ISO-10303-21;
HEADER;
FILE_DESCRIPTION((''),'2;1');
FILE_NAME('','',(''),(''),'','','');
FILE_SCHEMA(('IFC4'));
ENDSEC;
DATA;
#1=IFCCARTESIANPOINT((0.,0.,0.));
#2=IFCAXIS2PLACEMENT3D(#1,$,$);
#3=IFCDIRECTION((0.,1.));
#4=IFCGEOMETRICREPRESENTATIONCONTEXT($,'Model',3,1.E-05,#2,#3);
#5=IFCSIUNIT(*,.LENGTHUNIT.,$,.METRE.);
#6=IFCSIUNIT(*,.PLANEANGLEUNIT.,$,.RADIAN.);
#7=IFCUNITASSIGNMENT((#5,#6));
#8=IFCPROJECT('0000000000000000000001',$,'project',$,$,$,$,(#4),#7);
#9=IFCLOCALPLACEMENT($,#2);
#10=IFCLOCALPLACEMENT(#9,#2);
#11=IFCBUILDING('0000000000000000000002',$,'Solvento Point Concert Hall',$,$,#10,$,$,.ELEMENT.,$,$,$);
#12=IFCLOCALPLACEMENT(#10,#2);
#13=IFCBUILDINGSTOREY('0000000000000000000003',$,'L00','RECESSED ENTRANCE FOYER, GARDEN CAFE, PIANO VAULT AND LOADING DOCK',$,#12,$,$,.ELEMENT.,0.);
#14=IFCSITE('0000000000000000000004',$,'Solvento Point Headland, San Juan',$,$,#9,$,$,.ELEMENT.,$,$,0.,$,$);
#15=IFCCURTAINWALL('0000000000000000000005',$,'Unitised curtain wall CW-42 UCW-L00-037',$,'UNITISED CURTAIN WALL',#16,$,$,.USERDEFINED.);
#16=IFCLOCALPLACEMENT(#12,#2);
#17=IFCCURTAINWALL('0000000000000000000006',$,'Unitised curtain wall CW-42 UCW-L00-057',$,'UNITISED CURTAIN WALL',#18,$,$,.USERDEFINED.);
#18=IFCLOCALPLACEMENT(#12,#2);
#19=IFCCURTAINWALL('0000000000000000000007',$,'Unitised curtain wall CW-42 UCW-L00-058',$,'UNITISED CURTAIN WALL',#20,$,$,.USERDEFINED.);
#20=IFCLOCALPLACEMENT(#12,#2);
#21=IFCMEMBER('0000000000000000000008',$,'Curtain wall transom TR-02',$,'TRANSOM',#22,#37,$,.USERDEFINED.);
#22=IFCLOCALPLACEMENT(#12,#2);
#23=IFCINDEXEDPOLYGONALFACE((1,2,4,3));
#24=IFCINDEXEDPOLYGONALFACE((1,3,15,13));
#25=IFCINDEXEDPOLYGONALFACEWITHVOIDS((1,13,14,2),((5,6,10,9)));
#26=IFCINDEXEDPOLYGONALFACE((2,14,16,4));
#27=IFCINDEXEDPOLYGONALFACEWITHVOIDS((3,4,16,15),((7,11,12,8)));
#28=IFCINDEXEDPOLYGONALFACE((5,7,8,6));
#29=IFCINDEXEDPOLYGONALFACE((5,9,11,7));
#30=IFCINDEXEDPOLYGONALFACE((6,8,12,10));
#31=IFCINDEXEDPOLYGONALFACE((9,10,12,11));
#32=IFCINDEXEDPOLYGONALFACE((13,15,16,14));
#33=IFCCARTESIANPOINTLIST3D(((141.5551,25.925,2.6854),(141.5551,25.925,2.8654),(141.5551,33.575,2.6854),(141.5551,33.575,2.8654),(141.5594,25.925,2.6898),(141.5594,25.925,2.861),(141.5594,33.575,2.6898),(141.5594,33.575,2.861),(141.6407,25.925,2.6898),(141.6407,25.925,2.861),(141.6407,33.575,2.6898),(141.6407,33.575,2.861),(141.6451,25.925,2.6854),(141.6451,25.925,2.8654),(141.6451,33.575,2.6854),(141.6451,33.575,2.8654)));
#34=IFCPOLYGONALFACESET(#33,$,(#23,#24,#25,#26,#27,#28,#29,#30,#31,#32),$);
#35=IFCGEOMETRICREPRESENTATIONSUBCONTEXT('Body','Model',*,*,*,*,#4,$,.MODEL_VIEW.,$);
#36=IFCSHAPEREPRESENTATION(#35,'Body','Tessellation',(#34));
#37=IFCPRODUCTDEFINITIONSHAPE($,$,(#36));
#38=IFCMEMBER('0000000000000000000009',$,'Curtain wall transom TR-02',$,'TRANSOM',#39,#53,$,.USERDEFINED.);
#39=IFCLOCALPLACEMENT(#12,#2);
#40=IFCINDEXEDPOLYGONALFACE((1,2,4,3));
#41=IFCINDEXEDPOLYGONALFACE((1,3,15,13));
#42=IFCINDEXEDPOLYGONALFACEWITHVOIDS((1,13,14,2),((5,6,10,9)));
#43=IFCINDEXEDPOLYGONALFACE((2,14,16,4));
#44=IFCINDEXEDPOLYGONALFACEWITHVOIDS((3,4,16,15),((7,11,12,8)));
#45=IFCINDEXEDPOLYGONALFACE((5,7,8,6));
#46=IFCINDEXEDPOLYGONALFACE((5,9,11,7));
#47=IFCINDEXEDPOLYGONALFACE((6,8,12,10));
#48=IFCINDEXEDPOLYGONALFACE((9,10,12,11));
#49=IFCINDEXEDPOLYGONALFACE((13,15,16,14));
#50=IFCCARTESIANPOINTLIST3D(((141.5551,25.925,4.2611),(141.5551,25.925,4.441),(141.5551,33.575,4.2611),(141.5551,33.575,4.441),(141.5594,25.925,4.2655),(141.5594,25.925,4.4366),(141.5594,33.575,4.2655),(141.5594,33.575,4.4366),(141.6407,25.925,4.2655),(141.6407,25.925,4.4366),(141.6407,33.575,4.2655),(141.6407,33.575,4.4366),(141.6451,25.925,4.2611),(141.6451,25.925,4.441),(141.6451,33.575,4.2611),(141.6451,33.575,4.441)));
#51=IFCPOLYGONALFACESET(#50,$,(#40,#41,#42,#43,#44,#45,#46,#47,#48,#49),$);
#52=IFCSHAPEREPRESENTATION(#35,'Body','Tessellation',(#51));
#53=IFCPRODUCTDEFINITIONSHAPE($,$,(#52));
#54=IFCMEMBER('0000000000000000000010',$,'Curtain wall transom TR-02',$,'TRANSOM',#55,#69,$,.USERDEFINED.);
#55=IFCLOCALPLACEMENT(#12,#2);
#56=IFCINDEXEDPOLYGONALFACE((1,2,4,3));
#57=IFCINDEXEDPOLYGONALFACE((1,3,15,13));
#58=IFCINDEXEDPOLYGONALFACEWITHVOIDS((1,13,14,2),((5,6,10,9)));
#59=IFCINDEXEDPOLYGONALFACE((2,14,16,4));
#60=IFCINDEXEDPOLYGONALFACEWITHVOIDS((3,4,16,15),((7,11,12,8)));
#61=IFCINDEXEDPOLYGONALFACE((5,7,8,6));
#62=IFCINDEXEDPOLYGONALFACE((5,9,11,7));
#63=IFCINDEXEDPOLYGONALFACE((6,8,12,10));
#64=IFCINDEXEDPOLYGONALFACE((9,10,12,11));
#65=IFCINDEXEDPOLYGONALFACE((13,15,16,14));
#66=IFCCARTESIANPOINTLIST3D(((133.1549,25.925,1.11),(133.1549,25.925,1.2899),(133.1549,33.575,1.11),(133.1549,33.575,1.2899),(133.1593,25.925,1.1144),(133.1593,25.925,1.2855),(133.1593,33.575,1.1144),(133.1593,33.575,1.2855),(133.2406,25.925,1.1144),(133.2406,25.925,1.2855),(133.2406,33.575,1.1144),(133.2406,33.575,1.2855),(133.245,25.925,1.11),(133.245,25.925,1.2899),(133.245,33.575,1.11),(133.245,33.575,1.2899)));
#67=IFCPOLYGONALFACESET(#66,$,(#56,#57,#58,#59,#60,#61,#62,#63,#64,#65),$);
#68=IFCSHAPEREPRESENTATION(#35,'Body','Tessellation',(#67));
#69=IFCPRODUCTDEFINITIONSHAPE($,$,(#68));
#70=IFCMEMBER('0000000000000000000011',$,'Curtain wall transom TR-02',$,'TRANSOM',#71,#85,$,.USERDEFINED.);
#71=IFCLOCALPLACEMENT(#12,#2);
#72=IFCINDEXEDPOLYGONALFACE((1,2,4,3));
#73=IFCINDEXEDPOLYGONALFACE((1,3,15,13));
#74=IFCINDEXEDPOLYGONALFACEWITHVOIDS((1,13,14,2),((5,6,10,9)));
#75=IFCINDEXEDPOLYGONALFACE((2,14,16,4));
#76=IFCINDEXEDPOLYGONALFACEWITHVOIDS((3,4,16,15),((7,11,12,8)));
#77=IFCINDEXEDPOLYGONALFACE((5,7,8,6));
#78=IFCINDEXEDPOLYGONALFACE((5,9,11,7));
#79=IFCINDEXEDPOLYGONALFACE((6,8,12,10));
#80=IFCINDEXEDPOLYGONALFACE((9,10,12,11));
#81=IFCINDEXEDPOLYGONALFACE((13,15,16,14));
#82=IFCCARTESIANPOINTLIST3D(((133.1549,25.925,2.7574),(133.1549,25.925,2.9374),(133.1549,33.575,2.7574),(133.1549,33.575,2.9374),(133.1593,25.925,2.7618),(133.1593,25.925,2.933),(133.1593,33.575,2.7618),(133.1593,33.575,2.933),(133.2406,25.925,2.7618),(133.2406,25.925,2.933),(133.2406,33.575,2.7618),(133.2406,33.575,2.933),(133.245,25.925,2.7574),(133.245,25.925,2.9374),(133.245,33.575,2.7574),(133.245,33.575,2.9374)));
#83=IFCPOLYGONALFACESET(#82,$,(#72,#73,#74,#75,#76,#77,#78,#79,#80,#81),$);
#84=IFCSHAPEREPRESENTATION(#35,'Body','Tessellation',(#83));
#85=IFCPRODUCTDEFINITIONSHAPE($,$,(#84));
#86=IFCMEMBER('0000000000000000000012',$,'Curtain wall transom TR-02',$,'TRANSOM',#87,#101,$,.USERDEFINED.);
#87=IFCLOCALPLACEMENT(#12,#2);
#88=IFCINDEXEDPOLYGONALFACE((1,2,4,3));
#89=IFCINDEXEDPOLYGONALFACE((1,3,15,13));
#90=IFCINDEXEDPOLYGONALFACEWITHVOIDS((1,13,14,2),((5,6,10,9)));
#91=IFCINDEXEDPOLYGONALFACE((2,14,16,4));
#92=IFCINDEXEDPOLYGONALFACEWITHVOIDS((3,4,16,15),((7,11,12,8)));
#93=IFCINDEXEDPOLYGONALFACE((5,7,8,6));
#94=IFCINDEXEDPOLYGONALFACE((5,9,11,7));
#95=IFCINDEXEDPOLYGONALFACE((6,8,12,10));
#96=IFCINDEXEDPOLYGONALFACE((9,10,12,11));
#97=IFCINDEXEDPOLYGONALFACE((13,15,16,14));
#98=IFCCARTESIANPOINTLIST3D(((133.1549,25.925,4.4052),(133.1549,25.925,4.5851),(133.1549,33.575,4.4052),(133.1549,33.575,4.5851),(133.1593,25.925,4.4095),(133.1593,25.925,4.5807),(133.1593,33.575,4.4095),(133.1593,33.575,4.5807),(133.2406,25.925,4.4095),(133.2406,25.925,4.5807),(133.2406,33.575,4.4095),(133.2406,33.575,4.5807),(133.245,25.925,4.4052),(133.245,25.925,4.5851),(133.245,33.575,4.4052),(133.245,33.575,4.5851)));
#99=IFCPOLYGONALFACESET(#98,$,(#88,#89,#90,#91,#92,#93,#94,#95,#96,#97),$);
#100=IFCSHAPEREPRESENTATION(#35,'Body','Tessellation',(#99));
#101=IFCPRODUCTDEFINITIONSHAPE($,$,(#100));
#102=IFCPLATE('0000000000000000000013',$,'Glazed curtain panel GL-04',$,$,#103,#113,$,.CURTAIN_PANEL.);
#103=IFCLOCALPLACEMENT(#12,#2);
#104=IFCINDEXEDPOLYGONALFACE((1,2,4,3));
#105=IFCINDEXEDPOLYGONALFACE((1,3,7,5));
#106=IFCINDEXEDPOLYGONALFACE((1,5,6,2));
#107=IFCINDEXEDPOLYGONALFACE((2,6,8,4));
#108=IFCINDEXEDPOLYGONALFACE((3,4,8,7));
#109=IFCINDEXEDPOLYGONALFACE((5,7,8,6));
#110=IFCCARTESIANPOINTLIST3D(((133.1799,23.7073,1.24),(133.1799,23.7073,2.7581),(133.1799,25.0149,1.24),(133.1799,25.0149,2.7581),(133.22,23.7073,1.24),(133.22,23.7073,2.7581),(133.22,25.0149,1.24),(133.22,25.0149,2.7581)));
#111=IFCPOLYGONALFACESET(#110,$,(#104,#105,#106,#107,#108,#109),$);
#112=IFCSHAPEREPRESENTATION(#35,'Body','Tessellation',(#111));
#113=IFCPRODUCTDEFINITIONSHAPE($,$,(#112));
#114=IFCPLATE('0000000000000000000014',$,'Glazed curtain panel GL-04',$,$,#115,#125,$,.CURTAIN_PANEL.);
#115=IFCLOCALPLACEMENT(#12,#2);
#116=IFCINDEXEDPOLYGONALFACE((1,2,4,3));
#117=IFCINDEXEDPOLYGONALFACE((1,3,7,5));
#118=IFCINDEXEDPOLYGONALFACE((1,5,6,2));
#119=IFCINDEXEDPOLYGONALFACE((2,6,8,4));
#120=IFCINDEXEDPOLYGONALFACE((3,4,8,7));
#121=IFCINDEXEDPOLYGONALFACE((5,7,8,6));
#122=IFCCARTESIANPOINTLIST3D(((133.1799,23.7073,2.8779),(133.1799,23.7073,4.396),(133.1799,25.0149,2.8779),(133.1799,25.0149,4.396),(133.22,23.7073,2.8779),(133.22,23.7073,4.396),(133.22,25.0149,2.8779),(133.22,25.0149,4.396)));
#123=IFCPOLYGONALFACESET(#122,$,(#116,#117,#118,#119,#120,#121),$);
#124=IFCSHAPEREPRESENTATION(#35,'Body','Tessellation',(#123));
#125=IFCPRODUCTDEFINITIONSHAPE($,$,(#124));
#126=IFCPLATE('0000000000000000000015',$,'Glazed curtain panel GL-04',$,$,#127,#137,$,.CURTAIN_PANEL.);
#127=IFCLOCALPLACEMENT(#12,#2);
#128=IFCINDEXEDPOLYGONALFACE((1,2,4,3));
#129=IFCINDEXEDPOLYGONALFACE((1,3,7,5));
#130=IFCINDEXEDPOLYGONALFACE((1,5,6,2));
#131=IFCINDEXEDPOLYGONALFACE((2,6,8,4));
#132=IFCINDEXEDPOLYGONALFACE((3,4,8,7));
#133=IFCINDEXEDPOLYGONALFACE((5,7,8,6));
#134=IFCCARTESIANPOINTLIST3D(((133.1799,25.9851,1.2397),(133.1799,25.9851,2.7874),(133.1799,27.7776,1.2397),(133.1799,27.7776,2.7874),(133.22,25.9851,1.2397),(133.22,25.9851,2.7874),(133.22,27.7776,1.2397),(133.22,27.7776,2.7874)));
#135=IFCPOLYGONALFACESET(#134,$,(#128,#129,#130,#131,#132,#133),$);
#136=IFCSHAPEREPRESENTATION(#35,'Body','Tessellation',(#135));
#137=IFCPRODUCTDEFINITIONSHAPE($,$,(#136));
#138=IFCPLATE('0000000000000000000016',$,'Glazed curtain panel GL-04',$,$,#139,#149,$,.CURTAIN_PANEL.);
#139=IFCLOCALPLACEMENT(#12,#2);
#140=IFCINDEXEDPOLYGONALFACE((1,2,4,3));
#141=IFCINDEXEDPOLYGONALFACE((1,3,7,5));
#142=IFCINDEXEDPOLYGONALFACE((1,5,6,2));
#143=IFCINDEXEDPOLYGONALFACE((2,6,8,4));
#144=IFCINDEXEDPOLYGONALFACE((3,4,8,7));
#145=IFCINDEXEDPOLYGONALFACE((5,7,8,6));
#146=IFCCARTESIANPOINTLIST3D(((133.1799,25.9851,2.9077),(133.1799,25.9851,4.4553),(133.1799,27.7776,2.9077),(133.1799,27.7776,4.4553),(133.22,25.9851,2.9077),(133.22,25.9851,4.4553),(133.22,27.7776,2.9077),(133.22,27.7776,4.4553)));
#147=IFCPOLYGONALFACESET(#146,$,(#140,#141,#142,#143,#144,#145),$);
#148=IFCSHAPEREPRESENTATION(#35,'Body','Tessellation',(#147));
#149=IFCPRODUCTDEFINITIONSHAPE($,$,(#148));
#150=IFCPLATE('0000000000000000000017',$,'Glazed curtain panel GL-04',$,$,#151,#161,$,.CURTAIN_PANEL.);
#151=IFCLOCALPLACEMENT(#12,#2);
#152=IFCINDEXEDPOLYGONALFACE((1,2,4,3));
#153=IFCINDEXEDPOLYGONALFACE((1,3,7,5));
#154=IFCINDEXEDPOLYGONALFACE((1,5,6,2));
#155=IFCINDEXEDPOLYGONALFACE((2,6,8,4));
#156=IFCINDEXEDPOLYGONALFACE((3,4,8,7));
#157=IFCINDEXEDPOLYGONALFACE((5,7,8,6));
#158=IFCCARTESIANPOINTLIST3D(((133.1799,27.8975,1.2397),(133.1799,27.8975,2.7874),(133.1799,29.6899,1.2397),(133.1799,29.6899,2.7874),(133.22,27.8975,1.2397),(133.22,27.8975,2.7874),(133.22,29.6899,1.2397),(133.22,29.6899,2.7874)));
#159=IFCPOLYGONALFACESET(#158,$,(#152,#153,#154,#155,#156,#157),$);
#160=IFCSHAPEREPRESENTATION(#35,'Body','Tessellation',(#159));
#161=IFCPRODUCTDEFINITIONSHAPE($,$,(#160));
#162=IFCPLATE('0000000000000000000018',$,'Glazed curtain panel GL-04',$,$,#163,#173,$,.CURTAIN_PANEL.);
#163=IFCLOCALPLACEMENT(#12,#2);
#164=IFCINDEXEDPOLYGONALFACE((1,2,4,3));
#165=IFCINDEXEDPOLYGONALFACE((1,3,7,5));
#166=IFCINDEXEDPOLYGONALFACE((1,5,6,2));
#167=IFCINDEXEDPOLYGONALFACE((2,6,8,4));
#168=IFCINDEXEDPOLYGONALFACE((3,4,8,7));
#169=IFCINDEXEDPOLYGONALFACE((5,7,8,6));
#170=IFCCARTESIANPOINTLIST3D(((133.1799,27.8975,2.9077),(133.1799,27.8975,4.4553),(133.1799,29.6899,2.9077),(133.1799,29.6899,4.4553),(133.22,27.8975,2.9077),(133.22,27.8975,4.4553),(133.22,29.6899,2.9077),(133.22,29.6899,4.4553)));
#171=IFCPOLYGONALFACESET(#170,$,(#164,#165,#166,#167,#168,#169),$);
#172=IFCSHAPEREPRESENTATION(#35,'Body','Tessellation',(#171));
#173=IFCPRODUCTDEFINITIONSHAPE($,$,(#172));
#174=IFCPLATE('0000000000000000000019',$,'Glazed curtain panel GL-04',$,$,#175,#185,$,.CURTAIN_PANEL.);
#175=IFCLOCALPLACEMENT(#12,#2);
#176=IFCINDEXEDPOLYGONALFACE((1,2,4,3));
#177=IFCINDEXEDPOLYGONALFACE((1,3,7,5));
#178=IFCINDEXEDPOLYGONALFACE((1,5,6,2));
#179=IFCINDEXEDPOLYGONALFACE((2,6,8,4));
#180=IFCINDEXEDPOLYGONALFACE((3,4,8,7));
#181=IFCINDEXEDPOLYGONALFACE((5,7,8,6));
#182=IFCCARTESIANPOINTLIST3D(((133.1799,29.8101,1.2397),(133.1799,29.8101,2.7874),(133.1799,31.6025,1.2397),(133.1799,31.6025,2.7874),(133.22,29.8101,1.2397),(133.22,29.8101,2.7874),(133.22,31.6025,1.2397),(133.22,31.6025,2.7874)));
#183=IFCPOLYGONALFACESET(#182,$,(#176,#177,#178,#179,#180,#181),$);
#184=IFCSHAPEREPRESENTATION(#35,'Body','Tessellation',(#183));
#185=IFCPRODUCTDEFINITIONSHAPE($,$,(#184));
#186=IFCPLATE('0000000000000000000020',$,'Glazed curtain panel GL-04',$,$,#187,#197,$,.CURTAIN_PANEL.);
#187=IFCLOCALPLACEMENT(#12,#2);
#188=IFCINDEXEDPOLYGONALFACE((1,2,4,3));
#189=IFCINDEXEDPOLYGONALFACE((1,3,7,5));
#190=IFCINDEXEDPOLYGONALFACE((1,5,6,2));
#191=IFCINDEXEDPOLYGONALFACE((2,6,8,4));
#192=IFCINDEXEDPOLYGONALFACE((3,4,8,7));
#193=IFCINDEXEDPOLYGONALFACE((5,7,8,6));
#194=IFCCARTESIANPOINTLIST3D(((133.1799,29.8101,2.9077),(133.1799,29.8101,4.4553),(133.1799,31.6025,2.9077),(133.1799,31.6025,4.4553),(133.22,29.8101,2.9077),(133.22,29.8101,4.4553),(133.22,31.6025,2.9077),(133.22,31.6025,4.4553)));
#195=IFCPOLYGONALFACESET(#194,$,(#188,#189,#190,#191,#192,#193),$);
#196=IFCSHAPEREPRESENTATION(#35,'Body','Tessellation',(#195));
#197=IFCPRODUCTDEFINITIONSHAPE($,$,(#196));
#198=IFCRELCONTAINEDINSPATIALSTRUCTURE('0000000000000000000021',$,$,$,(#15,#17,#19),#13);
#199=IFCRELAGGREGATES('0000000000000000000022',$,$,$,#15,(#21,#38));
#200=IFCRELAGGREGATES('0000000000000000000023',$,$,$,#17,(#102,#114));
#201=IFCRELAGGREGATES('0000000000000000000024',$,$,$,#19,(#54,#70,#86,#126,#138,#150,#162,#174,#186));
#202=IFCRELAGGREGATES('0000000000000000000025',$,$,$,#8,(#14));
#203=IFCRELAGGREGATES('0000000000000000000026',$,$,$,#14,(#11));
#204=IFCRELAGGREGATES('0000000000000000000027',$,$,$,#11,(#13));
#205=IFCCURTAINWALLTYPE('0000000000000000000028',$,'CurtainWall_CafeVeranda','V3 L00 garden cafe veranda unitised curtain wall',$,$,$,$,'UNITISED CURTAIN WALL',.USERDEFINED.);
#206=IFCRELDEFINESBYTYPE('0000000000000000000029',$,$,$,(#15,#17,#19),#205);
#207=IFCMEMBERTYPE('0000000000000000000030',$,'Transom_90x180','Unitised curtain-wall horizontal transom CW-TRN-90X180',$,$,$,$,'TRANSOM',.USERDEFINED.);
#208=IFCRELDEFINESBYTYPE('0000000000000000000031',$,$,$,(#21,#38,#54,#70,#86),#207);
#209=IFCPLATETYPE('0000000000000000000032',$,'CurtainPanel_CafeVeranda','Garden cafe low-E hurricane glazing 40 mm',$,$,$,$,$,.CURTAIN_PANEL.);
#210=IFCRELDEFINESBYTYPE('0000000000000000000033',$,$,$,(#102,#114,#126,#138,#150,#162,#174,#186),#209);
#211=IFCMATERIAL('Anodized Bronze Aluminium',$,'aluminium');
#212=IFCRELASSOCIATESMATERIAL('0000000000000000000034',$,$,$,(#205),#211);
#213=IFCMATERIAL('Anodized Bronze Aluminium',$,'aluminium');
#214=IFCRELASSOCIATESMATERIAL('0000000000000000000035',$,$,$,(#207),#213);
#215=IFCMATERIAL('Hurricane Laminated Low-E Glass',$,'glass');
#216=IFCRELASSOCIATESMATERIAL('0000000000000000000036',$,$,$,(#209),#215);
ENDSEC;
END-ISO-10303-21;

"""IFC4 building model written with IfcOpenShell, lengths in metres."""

from ifc_helpers import new_model, si_unit, direction, frame, origin, origin_2d, place, context, subcontext, project, spatial, rectangle, hollow_rectangle, extrude, material, material_profile, profile_set, type_object, element, aggregate, save


model = new_model("IFC4")

# Units and contexts
model_context = context("Model", 3, precision=1e-05, world=origin(), true_north=direction((0.0, 1.0)))
body_context = subcontext(model_context, "Body", "Model", "MODEL_VIEW")
ifc_project = project(units=[si_unit("LENGTHUNIT", "METRE"), si_unit("PLANEANGLEUNIT", "RADIAN")], contexts=[model_context])

# Site, building, storey
site_placement = place(None, origin())
site = spatial("IfcSite", under=ifc_project, at=site_placement, Name="Solvento Point Headland, San Juan", CompositionType="ELEMENT", RefElevation=0.0)
building_placement = place(site_placement, origin())
building = spatial("IfcBuilding", under=site, at=building_placement, Name="Solvento Point Concert Hall", CompositionType="ELEMENT")
storey_placement = place(building_placement, origin())
storey = spatial("IfcBuildingStorey", under=building, at=storey_placement, Name="L00", Description="RECESSED ENTRANCE FOYER, GARDEN CAFE, PIANO VAULT AND LOADING DOCK", CompositionType="ELEMENT", Elevation=0.0)

# Curtain walls
ifc_material_1 = material(Name="Anodized Bronze Aluminium", Category="aluminium")
curtain_wall_type = type_object("IfcCurtainWallType", Name="CurtainWall_CafeVeranda", Description="V3 L00 garden cafe veranda unitised curtain wall", ElementType="UNITISED CURTAIN WALL", PredefinedType="USERDEFINED", material=ifc_material_1)
curtain_wall_1_placement = place(storey_placement, origin())
curtain_wall_1 = element("IfcCurtainWall", 1, at=curtain_wall_1_placement, inside=storey, type_object=curtain_wall_type, Name="Unitised curtain wall CW-42 UCW-L00-037", ObjectType="UNITISED CURTAIN WALL", PredefinedType="USERDEFINED")
curtain_wall_2_placement = place(storey_placement, origin())
curtain_wall_2 = element("IfcCurtainWall", 2, at=curtain_wall_2_placement, inside=storey, type_object=curtain_wall_type, Name="Unitised curtain wall CW-42 UCW-L00-057", ObjectType="UNITISED CURTAIN WALL", PredefinedType="USERDEFINED")

# Curtain wall
curtain_wall_3_placement = place(storey_placement, origin())
curtain_wall_3 = element("IfcCurtainWall", 3, at=curtain_wall_3_placement, inside=storey, type_object=curtain_wall_type, Name="Unitised curtain wall CW-42 UCW-L00-058", ObjectType="UNITISED CURTAIN WALL", PredefinedType="USERDEFINED")

# Members
ifc_material_2 = material(Name="Anodized Bronze Aluminium", Category="aluminium")
ifc_material_profile_1 = material_profile(ifc_material_2, hollow_rectangle(XDim=0.0901, YDim=0.1799, WallThickness=0.0044, at=origin_2d()), Name="CW-TRN-90X180")
ifc_profile_set_1 = profile_set([ifc_material_profile_1], Name="Anodized Bronze Aluminium")
member_type_1 = type_object("IfcMemberType", Name="Transom_90x180", Description="Unitised curtain-wall horizontal transom CW-TRN-90X180", ElementType="TRANSOM", PredefinedType="USERDEFINED", material=ifc_profile_set_1)
member_1_placement = place(storey_placement, frame((141.6001, 25.925, 2.7754), z_axis=(0.0, 1.0, 0.0), x_axis=(-1.0, 0.0, 0.0)))
member_1 = element("IfcMember", 4, at=member_1_placement, type_object=member_type_1, Name="Curtain wall transom TR-02", ObjectType="TRANSOM", PredefinedType="USERDEFINED", context=body_context, shape_type="SweptSolid", body=[
    extrude(hollow_rectangle(XDim=0.0901, YDim=0.1799, WallThickness=0.0044, at=origin_2d()), origin(), (0.0, 0.0, 1.0), 7.6499),
])
member_2_placement = place(storey_placement, frame((141.6001, 25.925, 4.3511), z_axis=(0.0, 1.0, 0.0), x_axis=(-1.0, 0.0, 0.0)))
member_2 = element("IfcMember", 5, at=member_2_placement, type_object=member_type_1, Name="Curtain wall transom TR-02", ObjectType="TRANSOM", PredefinedType="USERDEFINED", context=body_context, shape_type="SweptSolid", body=[
    extrude(hollow_rectangle(XDim=0.0901, YDim=0.1799, WallThickness=0.0044, at=origin_2d()), origin(), (0.0, 0.0, 1.0), 7.6499),
])
aggregate(curtain_wall_1, [member_1, member_2])
member_3_placement = place(storey_placement, frame((133.2, 25.925, 1.2), z_axis=(0.0, 1.0, 0.0), x_axis=(-1.0, 0.0, 0.0)))
member_3 = element("IfcMember", 6, at=member_3_placement, type_object=member_type_1, Name="Curtain wall transom TR-02", ObjectType="TRANSOM", PredefinedType="USERDEFINED", context=body_context, shape_type="SweptSolid", body=[
    extrude(hollow_rectangle(XDim=0.0901, YDim=0.1799, WallThickness=0.0044, at=origin_2d()), origin(), (0.0, 0.0, 1.0), 7.6499),
])
member_4_placement = place(storey_placement, frame((133.2, 25.925, 2.8474), z_axis=(0.0, 1.0, 0.0), x_axis=(-1.0, 0.0, 0.0)))
member_4 = element("IfcMember", 7, at=member_4_placement, type_object=member_type_1, Name="Curtain wall transom TR-02", ObjectType="TRANSOM", PredefinedType="USERDEFINED", context=body_context, shape_type="SweptSolid", body=[
    extrude(hollow_rectangle(XDim=0.0901, YDim=0.1799, WallThickness=0.0044, at=origin_2d()), origin(), (0.0, 0.0, 1.0), 7.6499),
])
member_5_placement = place(storey_placement, frame((133.2, 25.925, 4.4951), z_axis=(0.0, 1.0, 0.0), x_axis=(-1.0, 0.0, 0.0)))
member_5 = element("IfcMember", 8, at=member_5_placement, type_object=member_type_1, Name="Curtain wall transom TR-02", ObjectType="TRANSOM", PredefinedType="USERDEFINED", context=body_context, shape_type="SweptSolid", body=[
    extrude(hollow_rectangle(XDim=0.0901, YDim=0.1799, WallThickness=0.0044, at=origin_2d()), origin(), (0.0, 0.0, 1.0), 7.6499),
])

# Plates
ifc_material_3 = material(Name="Hurricane Laminated Low-E Glass", Category="glass")
plate_type = type_object("IfcPlateType", Name="CurtainPanel_CafeVeranda", Description="Garden cafe low-E hurricane glazing 40 mm", PredefinedType="CURTAIN_PANEL", material=ifc_material_3)
plate_1_placement = place(storey_placement, frame((133.2, 24.3611, 1.24), z_axis=(0.0, 0.0, 1.0), x_axis=(0.0, 1.0, 0.0)))
plate_1 = element("IfcPlate", 9, at=plate_1_placement, type_object=plate_type, Name="Glazed curtain panel GL-04", PredefinedType="CURTAIN_PANEL", context=body_context, shape_type="SweptSolid", body=[
    extrude(rectangle(XDim=1.3076, YDim=0.04, at=origin_2d()), origin(), (0.0, 0.0, 1.0), 1.5181),
])
plate_2_placement = place(storey_placement, frame((133.2, 24.3611, 2.8779), z_axis=(0.0, 0.0, 1.0), x_axis=(0.0, 1.0, 0.0)))
plate_2 = element("IfcPlate", 10, at=plate_2_placement, type_object=plate_type, Name="Glazed curtain panel GL-04", PredefinedType="CURTAIN_PANEL", context=body_context, shape_type="SweptSolid", body=[
    extrude(rectangle(XDim=1.3076, YDim=0.04, at=origin_2d()), origin(), (0.0, 0.0, 1.0), 1.5181),
])
aggregate(curtain_wall_2, [plate_1, plate_2])
plate_3_placement = place(storey_placement, frame((133.2, 26.8813, 1.2397), z_axis=(0.0, 0.0, 1.0), x_axis=(0.0, 1.0, 0.0)))
plate_3 = element("IfcPlate", 11, at=plate_3_placement, type_object=plate_type, Name="Glazed curtain panel GL-04", PredefinedType="CURTAIN_PANEL", context=body_context, shape_type="SweptSolid", body=[
    extrude(rectangle(XDim=1.7925, YDim=0.04, at=origin_2d()), origin(), (0.0, 0.0, 1.0), 1.5476),
])
plate_4_placement = place(storey_placement, frame((133.2, 26.8813, 2.9077), z_axis=(0.0, 0.0, 1.0), x_axis=(0.0, 1.0, 0.0)))
plate_4 = element("IfcPlate", 12, at=plate_4_placement, type_object=plate_type, Name="Glazed curtain panel GL-04", PredefinedType="CURTAIN_PANEL", context=body_context, shape_type="SweptSolid", body=[
    extrude(rectangle(XDim=1.7925, YDim=0.04, at=origin_2d()), origin(), (0.0, 0.0, 1.0), 1.5476),
])
plate_5_placement = place(storey_placement, frame((133.2, 28.7937, 1.2397), z_axis=(0.0, 0.0, 1.0), x_axis=(0.0, 1.0, 0.0)))
plate_5 = element("IfcPlate", 13, at=plate_5_placement, type_object=plate_type, Name="Glazed curtain panel GL-04", PredefinedType="CURTAIN_PANEL", context=body_context, shape_type="SweptSolid", body=[
    extrude(rectangle(XDim=1.7925, YDim=0.04, at=origin_2d()), origin(), (0.0, 0.0, 1.0), 1.5476),
])
plate_6_placement = place(storey_placement, frame((133.2, 28.7937, 2.9077), z_axis=(0.0, 0.0, 1.0), x_axis=(0.0, 1.0, 0.0)))
plate_6 = element("IfcPlate", 14, at=plate_6_placement, type_object=plate_type, Name="Glazed curtain panel GL-04", PredefinedType="CURTAIN_PANEL", context=body_context, shape_type="SweptSolid", body=[
    extrude(rectangle(XDim=1.7925, YDim=0.04, at=origin_2d()), origin(), (0.0, 0.0, 1.0), 1.5476),
])
plate_7_placement = place(storey_placement, frame((133.2, 30.7063, 1.2397), z_axis=(0.0, 0.0, 1.0), x_axis=(0.0, 1.0, 0.0)))
plate_7 = element("IfcPlate", 15, at=plate_7_placement, type_object=plate_type, Name="Glazed curtain panel GL-04", PredefinedType="CURTAIN_PANEL", context=body_context, shape_type="SweptSolid", body=[
    extrude(rectangle(XDim=1.7925, YDim=0.04, at=origin_2d()), origin(), (0.0, 0.0, 1.0), 1.5476),
])
plate_8_placement = place(storey_placement, frame((133.2, 30.7063, 2.9077), z_axis=(0.0, 0.0, 1.0), x_axis=(0.0, 1.0, 0.0)))
plate_8 = element("IfcPlate", 16, at=plate_8_placement, type_object=plate_type, Name="Glazed curtain panel GL-04", PredefinedType="CURTAIN_PANEL", context=body_context, shape_type="SweptSolid", body=[
    extrude(rectangle(XDim=1.7925, YDim=0.04, at=origin_2d()), origin(), (0.0, 0.0, 1.0), 1.5476),
])
aggregate(curtain_wall_3, [member_3, member_4, member_5, plate_3, plate_4, plate_5, plate_6, plate_7, plate_8])

save(model, "model.ifc")
